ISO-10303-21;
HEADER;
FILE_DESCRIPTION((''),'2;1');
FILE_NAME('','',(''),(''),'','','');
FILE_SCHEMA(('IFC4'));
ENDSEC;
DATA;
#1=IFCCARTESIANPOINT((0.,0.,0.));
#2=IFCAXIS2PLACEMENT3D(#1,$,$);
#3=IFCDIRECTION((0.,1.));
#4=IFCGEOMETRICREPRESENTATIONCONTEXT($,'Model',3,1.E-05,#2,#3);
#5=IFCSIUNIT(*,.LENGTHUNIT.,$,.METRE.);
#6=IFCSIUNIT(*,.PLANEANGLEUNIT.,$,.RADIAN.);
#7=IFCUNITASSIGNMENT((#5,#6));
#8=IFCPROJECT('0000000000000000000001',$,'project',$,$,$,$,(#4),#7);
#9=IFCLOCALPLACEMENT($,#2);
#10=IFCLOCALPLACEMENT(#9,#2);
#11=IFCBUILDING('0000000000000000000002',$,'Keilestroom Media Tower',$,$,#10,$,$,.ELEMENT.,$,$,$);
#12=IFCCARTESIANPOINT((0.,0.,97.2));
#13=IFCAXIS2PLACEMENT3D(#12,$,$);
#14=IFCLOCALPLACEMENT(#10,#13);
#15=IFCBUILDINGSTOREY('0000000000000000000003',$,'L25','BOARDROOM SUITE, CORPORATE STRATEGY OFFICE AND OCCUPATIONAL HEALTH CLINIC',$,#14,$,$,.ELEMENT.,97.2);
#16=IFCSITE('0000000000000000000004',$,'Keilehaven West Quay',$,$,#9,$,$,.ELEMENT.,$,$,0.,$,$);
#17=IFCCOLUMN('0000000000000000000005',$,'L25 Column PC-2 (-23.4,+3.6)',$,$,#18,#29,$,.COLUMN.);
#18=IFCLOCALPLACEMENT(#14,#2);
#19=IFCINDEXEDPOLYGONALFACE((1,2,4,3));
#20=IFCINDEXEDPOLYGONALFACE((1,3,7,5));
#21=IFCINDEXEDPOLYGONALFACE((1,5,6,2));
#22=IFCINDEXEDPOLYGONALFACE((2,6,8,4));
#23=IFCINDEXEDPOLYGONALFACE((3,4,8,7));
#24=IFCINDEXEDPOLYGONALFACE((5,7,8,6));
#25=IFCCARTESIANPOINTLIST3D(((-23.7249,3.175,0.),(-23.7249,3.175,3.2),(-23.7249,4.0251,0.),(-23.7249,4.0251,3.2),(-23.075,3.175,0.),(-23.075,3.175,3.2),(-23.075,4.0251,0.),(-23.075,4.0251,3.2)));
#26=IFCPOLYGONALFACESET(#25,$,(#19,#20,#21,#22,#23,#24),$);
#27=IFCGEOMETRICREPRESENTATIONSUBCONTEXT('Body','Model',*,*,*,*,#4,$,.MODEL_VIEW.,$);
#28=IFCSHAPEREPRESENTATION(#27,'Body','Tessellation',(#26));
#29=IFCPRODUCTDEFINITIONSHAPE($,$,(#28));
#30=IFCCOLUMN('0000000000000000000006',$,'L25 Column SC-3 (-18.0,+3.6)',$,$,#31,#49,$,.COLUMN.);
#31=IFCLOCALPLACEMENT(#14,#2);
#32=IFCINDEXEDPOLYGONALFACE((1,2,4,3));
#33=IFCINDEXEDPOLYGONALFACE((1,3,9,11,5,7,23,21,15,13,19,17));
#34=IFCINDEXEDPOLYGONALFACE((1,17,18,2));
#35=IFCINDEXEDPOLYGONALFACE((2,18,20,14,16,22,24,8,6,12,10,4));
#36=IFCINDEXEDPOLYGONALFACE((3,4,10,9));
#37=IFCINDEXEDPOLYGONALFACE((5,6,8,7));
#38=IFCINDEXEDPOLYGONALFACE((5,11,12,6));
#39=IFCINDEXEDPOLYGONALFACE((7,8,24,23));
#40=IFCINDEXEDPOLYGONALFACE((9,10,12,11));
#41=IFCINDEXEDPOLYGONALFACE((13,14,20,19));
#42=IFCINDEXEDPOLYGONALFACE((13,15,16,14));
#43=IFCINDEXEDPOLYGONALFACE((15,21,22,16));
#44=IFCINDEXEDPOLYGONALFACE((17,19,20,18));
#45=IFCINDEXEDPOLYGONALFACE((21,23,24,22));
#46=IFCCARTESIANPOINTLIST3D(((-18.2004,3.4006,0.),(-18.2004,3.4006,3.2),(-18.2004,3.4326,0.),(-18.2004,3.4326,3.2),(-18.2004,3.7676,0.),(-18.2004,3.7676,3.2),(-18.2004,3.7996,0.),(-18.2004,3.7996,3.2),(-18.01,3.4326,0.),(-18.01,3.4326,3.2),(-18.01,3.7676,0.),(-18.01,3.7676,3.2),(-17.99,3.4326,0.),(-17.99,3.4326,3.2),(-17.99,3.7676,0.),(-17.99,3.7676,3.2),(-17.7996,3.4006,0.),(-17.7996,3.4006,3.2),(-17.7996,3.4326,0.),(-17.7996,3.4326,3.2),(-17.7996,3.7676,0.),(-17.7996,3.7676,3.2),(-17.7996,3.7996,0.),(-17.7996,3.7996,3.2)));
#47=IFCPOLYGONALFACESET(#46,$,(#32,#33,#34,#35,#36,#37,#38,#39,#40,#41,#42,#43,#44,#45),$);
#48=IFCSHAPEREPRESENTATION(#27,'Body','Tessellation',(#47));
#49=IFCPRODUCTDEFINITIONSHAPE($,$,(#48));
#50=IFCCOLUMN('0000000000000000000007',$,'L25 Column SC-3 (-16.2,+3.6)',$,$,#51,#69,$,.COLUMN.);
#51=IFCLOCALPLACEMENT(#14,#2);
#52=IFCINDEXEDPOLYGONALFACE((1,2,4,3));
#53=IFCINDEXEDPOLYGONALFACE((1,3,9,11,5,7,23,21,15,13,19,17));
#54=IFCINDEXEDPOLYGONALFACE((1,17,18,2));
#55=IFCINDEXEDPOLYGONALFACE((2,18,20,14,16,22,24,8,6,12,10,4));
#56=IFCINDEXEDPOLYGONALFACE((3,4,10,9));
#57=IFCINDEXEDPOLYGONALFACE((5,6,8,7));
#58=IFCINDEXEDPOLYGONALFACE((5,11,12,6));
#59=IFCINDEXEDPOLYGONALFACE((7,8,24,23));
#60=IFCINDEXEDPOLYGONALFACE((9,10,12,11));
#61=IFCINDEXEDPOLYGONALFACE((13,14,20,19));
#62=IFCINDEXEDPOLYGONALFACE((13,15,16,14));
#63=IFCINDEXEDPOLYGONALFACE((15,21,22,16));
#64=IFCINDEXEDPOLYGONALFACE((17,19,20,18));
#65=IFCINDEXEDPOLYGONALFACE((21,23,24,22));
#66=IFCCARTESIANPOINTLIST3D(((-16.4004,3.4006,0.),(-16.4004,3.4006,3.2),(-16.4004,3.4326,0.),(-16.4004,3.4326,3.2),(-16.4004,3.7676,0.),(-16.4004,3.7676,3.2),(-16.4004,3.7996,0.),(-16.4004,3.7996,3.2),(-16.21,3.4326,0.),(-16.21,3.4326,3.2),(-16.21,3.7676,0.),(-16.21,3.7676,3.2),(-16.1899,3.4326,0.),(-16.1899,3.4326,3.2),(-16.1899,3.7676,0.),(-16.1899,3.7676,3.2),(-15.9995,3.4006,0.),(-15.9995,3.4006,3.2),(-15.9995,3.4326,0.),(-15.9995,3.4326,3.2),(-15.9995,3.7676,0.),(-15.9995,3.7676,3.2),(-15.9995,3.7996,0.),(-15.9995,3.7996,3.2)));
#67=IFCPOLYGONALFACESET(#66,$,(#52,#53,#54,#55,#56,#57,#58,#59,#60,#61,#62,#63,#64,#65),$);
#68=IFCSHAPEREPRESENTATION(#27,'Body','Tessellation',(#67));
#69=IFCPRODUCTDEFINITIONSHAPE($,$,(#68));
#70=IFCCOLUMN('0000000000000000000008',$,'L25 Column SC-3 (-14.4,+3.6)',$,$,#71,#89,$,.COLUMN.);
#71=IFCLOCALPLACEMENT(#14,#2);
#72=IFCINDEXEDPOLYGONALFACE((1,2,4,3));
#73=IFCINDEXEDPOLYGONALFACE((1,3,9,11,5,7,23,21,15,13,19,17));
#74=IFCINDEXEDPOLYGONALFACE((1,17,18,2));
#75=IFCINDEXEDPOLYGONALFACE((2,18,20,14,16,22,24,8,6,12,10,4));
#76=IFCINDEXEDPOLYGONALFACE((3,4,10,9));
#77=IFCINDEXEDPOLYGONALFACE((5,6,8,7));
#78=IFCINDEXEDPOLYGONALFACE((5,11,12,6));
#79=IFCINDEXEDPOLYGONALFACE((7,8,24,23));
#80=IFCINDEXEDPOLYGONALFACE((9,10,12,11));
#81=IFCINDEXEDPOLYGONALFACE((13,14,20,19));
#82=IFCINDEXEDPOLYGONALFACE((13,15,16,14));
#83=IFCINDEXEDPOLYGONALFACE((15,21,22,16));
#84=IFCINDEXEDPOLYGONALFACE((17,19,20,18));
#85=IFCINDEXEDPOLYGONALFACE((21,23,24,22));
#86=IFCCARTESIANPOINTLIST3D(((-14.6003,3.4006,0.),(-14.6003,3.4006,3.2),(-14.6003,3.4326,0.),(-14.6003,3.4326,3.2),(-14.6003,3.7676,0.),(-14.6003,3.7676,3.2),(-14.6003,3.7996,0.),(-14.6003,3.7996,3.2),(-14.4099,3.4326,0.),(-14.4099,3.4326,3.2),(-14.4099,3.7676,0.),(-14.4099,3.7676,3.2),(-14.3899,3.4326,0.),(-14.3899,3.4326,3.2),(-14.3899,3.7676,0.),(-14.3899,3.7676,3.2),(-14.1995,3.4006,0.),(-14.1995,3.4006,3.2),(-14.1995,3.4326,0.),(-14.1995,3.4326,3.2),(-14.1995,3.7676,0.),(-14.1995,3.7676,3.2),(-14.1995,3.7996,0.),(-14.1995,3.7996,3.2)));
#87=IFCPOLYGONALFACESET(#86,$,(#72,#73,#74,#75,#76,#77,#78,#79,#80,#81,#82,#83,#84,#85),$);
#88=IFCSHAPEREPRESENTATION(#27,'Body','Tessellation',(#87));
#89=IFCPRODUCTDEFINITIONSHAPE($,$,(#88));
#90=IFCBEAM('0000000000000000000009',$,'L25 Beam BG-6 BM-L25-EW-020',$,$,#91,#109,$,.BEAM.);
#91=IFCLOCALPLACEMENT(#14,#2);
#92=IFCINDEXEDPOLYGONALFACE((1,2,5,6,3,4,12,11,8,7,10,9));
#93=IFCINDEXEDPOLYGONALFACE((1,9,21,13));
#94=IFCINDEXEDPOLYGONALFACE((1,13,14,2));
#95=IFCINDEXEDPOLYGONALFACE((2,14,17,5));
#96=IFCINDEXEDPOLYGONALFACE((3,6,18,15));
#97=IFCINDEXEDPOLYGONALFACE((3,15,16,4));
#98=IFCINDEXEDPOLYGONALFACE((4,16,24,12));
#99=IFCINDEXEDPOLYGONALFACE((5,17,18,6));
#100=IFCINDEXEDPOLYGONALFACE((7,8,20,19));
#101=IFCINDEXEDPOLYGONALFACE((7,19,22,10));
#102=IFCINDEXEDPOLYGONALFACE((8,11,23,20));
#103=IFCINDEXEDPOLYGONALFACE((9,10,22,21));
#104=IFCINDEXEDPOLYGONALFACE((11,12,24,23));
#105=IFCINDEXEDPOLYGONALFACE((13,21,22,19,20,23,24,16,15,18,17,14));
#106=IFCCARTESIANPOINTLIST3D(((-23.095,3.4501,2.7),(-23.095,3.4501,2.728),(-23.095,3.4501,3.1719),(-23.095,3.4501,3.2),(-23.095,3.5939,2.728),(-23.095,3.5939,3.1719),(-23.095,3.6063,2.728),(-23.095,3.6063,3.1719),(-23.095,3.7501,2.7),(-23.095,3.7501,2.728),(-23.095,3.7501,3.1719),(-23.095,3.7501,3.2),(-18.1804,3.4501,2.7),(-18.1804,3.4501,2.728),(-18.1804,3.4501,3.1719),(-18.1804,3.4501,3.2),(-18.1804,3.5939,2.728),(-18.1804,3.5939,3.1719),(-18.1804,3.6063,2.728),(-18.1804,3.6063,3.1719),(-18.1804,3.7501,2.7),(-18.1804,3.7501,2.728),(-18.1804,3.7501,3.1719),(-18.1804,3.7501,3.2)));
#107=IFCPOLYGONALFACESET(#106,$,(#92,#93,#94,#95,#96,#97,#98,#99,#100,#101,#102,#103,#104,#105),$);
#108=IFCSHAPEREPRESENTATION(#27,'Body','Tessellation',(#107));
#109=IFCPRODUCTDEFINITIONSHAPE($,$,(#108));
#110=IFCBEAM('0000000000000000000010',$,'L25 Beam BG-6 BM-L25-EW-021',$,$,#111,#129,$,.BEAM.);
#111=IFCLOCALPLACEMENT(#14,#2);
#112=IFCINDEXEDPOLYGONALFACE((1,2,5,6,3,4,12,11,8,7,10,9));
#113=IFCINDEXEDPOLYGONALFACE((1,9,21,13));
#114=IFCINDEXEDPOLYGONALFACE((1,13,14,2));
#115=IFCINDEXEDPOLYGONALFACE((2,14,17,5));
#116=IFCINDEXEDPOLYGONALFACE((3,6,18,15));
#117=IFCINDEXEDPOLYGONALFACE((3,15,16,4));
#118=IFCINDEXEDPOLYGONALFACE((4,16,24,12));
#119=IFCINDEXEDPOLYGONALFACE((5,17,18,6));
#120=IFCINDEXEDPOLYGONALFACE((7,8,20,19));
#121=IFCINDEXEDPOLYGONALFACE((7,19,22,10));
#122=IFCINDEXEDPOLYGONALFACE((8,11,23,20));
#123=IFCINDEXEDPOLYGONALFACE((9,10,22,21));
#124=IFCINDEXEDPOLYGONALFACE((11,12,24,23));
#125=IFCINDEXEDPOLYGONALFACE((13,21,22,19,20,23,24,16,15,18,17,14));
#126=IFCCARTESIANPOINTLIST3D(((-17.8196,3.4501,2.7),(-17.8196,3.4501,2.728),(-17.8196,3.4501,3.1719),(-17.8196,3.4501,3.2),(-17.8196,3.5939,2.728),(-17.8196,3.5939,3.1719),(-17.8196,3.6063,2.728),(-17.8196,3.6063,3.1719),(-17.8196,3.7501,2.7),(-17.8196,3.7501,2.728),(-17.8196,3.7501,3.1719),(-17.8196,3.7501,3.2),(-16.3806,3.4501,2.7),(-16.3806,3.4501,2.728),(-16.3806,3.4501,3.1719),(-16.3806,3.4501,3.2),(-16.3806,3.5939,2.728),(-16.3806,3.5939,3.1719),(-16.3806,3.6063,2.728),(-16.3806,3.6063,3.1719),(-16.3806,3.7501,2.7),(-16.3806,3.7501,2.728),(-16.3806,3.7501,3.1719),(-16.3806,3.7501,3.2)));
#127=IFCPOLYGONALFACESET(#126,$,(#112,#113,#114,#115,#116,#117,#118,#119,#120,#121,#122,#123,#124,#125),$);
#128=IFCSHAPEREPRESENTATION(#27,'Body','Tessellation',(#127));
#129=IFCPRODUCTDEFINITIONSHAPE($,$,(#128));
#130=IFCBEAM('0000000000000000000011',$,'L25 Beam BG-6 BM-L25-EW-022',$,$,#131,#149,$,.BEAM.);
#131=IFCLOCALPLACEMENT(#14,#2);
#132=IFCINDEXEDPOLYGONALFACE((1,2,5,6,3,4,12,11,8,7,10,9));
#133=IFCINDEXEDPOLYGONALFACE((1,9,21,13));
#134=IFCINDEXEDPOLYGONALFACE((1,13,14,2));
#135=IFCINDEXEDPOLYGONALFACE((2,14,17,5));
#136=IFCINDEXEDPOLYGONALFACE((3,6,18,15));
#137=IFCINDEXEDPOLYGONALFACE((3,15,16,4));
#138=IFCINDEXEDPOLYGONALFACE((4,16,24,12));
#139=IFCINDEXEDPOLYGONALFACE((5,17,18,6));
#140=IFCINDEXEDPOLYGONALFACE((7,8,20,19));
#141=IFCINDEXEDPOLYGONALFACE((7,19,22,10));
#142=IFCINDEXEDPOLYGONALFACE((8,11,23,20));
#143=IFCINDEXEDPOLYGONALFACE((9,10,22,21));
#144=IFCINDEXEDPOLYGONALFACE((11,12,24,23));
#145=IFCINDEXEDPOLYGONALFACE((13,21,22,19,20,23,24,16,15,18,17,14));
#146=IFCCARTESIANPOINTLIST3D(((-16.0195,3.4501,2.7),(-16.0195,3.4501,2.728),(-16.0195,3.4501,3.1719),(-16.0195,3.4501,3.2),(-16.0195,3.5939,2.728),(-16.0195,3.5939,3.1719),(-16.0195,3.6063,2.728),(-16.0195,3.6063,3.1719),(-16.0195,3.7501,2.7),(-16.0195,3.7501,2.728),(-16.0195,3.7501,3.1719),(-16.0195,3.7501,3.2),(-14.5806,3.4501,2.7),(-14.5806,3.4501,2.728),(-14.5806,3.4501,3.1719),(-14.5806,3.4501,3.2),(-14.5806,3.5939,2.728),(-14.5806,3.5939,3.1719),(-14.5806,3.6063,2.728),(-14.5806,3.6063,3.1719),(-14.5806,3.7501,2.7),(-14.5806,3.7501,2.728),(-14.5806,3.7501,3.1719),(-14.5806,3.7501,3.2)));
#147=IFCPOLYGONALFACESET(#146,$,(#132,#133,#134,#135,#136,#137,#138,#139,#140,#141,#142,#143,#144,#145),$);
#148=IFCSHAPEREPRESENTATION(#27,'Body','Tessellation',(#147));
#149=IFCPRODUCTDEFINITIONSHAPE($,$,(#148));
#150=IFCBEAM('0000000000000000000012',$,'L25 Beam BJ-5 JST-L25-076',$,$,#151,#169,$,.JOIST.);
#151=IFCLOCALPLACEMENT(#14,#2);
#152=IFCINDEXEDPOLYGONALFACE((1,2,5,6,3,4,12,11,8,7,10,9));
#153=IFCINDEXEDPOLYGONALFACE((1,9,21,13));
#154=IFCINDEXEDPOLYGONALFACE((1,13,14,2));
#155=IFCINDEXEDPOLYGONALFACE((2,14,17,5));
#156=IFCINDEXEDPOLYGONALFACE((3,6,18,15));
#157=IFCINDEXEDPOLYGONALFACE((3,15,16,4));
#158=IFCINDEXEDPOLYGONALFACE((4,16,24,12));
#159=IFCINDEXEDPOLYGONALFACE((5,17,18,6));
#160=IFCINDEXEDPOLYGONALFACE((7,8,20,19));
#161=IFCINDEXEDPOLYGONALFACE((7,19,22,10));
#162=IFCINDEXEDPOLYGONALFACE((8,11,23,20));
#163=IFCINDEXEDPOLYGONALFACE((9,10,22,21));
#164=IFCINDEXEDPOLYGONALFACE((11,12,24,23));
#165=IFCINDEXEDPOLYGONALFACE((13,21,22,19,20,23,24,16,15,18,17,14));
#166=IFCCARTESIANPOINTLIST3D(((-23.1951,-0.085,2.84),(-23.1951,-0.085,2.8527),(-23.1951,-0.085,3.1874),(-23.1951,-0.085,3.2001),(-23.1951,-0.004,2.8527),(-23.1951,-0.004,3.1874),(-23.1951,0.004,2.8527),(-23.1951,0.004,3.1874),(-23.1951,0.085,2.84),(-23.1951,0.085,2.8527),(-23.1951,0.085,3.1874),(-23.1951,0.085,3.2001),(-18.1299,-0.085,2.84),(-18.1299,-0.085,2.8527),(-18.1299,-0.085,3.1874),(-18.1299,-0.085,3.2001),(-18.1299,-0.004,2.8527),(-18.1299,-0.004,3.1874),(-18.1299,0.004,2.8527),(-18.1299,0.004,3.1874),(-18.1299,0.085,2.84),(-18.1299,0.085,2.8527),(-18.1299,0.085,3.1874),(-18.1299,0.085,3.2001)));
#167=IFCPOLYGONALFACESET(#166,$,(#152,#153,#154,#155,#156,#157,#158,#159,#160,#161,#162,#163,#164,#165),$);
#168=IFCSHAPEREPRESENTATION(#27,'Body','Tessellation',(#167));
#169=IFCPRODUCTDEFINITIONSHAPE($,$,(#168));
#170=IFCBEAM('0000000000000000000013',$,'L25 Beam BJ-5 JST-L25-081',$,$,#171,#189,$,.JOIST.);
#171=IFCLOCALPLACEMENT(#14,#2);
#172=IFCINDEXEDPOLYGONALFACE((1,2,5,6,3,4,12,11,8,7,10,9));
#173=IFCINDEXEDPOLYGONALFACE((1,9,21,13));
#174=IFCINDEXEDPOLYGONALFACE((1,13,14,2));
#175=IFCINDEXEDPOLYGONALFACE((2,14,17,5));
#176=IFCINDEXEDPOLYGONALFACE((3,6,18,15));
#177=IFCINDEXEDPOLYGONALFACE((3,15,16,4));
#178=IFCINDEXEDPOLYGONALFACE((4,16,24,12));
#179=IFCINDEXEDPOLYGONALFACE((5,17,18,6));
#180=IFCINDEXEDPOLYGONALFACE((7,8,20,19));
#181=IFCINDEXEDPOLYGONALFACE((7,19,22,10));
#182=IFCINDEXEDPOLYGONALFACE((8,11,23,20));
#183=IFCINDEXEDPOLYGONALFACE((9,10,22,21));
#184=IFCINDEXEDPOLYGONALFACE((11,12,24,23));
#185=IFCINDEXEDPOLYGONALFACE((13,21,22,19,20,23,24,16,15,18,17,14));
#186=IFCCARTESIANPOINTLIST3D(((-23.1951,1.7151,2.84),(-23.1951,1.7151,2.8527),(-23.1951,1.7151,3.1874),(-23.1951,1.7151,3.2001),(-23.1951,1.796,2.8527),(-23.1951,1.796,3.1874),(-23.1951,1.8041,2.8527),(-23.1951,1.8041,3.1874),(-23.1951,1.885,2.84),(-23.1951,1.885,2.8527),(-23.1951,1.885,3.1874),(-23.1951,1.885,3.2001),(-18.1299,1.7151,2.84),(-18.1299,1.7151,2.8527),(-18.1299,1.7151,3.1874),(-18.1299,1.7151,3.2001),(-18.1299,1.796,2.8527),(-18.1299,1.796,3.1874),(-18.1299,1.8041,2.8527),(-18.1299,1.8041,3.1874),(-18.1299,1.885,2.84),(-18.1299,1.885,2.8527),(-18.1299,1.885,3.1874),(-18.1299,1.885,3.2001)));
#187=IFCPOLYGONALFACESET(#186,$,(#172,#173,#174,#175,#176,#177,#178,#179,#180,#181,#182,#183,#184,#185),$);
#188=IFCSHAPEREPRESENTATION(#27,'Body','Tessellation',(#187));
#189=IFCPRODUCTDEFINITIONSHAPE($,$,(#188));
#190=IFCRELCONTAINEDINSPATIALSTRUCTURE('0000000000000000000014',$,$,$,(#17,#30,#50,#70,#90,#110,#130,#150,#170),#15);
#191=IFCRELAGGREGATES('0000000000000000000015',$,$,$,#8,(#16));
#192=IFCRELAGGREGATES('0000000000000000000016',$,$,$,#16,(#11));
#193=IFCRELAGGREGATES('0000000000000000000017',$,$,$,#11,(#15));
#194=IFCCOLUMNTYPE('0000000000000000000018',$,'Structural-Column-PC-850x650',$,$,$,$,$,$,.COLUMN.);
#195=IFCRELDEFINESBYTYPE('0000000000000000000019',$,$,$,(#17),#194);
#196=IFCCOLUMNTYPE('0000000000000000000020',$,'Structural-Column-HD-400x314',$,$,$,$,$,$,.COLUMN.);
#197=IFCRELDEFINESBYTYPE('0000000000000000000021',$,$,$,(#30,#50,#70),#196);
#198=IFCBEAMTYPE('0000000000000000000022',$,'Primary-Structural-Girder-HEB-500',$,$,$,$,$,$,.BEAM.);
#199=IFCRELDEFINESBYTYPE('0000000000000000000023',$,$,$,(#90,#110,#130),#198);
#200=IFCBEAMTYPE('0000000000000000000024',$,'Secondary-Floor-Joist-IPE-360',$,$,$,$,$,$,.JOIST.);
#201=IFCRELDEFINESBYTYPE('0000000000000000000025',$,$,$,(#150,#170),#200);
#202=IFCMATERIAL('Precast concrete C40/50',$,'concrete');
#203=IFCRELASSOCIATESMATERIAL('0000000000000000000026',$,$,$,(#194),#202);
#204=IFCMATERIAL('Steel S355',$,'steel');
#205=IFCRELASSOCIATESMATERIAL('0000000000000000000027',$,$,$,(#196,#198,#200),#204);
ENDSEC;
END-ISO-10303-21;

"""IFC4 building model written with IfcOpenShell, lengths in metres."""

from ifc_helpers import new_model, si_unit, direction, frame, origin, origin_2d, place, context, subcontext, project, spatial, rectangle, i_section, extrude, source, transform, mapped, material, material_profile, profile_set, type_object, element, save


model = new_model("IFC4")

# Units and contexts
model_context = context("Model", 3, precision=1e-05, world=origin(), true_north=direction((0.0, 1.0)))
body_context = subcontext(model_context, "Body", "Model", "MODEL_VIEW")
ifc_project = project(units=[si_unit("LENGTHUNIT", "METRE"), si_unit("PLANEANGLEUNIT", "RADIAN")], contexts=[model_context])

# Site, building, storey
site_placement = place(None, origin())
site = spatial("IfcSite", under=ifc_project, at=site_placement, Name="Keilehaven West Quay", CompositionType="ELEMENT", RefElevation=0.0)
building_placement = place(site_placement, origin())
building = spatial("IfcBuilding", under=site, at=building_placement, Name="Keilestroom Media Tower", CompositionType="ELEMENT")
storey_placement = place(building_placement, frame((0.0, 0.0, 97.2)))
storey = spatial("IfcBuildingStorey", under=building, at=storey_placement, Name="L25", Description="BOARDROOM SUITE, CORPORATE STRATEGY OFFICE AND OCCUPATIONAL HEALTH CLINIC", CompositionType="ELEMENT", Elevation=97.2)

# Columns
ifc_material_1 = material(Name="Precast concrete C40/50", Category="concrete")
ifc_material_profile_1 = material_profile(ifc_material_1, rectangle(XDim=0.6499, YDim=0.8501, at=origin_2d()), Name="PC 850x650")
ifc_profile_set_1 = profile_set([ifc_material_profile_1], Name="Precast concrete C40/50")
column_type_1 = type_object("IfcColumnType", Name="Structural-Column-PC-850x650", PredefinedType="COLUMN", material=ifc_profile_set_1)
shared_shape_1 = source(origin(), body_context, "Body", "SweptSolid", [
    extrude(rectangle(XDim=0.6499, YDim=0.8501, at=origin_2d()), origin(), (0.0, 0.0, 1.0), 3.2),
])
column_placement = place(storey_placement, frame((-23.3999, 3.6001, 0.0), z_axis=(0.0, 0.0, 1.0), x_axis=(1.0, 0.0, 0.0)))
element("IfcColumn", 1, at=column_placement, inside=storey, type_object=column_type_1, Name="L25 Column PC-2 (-23.4,+3.6)", PredefinedType="COLUMN", context=body_context, shape_type="MappedRepresentation", body=[
    mapped(shared_shape_1, transform((0.0, 0.0, 0.0), x_axis=(1.0, 0.0, 0.0), y_axis=(0.0, 1.0, 0.0), z_axis=(0.0, 0.0, 1.0), scale=1.0)),
])
ifc_material_2 = material(Name="Steel S355", Category="steel")
ifc_material_profile_2 = material_profile(ifc_material_2, i_section(OverallWidth=0.4009, OverallDepth=0.3989, WebThickness=0.02, FlangeThickness=0.032, at=origin_2d()), Name="HD 400x314")
ifc_profile_set_2 = profile_set([ifc_material_profile_2], Name="Steel S355")
column_type_2 = type_object("IfcColumnType", Name="Structural-Column-HD-400x314", PredefinedType="COLUMN", material=ifc_profile_set_2)
shared_shape_2 = source(origin(), body_context, "Body", "SweptSolid", [
    extrude(i_section(OverallWidth=0.4009, OverallDepth=0.3989, WebThickness=0.02, FlangeThickness=0.032, at=origin_2d()), origin(), (0.0, 0.0, 1.0), 3.2),
])
for number, where, z_axis, x_axis, name in (
    (2, (-18.0, 3.6001, 0.0), (0.0, 0.0, 1.0), (1.0, 0.0, 0.0), "L25 Column SC-3 (-18.0,+3.6)"),
    (3, (-16.2, 3.6001, 0.0), (0.0, 0.0, 1.0), (1.0, 0.0, 0.0), "L25 Column SC-3 (-16.2,+3.6)"),
    (4, (-14.3999, 3.6001, 0.0), (0.0, 0.0, 1.0), (1.0, 0.0, 0.0), "L25 Column SC-3 (-14.4,+3.6)"),
):
    element("IfcColumn", number, at=place(storey_placement, frame(where, z_axis=z_axis, x_axis=x_axis)), inside=storey, type_object=column_type_2, Name=name, PredefinedType="COLUMN", context=body_context, shape_type="MappedRepresentation", body=[
        mapped(shared_shape_2, transform((0.0, 0.0, 0.0), x_axis=(1.0, 0.0, 0.0), y_axis=(0.0, 1.0, 0.0), z_axis=(0.0, 0.0, 1.0), scale=1.0)),
    ])

# Beams
ifc_material_profile_3 = material_profile(ifc_material_2, i_section(OverallWidth=0.3, OverallDepth=0.5, WebThickness=0.0125, FlangeThickness=0.0281, at=origin_2d()), Name="HEB 500")
ifc_profile_set_3 = profile_set([ifc_material_profile_3], Name="Steel S355")
beam_type_1 = type_object("IfcBeamType", Name="Primary-Structural-Girder-HEB-500", PredefinedType="BEAM", material=ifc_profile_set_3)
shared_shape_3 = source(origin(), body_context, "Body", "SweptSolid", [
    extrude(i_section(OverallWidth=0.3, OverallDepth=0.5, WebThickness=0.0125, FlangeThickness=0.0281, at=origin_2d()), origin(), (0.0, 0.0, 1.0), 4.9146),
])
beam_placement = place(storey_placement, frame((-23.095, 3.6001, 2.95), z_axis=(1.0, 0.0, 0.0), x_axis=(0.0, 1.0, 0.0)))
element("IfcBeam", 5, at=beam_placement, inside=storey, type_object=beam_type_1, Name="L25 Beam BG-6 BM-L25-EW-020", PredefinedType="BEAM", context=body_context, shape_type="MappedRepresentation", body=[
    mapped(shared_shape_3, transform((0.0, 0.0, 0.0), x_axis=(1.0, 0.0, 0.0), y_axis=(0.0, 1.0, 0.0), z_axis=(0.0, 0.0, 1.0), scale=1.0)),
])
shared_shape_4 = source(origin(), body_context, "Body", "SweptSolid", [
    extrude(i_section(OverallWidth=0.3, OverallDepth=0.5, WebThickness=0.0125, FlangeThickness=0.0281, at=origin_2d()), origin(), (0.0, 0.0, 1.0), 1.439),
])
for number, where, z_axis, x_axis, name in (
    (6, (-17.8196, 3.6001, 2.95), (1.0, 0.0, 0.0), (0.0, 1.0, 0.0), "L25 Beam BG-6 BM-L25-EW-021"),
    (7, (-16.0195, 3.6001, 2.95), (1.0, 0.0, 0.0), (0.0, 1.0, 0.0), "L25 Beam BG-6 BM-L25-EW-022"),
):
    element("IfcBeam", number, at=place(storey_placement, frame(where, z_axis=z_axis, x_axis=x_axis)), inside=storey, type_object=beam_type_1, Name=name, PredefinedType="BEAM", context=body_context, shape_type="MappedRepresentation", body=[
        mapped(shared_shape_4, transform((0.0, 0.0, 0.0), x_axis=(1.0, 0.0, 0.0), y_axis=(0.0, 1.0, 0.0), z_axis=(0.0, 0.0, 1.0), scale=1.0)),
    ])
ifc_material_profile_4 = material_profile(ifc_material_2, i_section(OverallWidth=0.1699, OverallDepth=0.3601, WebThickness=0.0081, FlangeThickness=0.0127, at=origin_2d()), Name="IPE 360")
ifc_profile_set_4 = profile_set([ifc_material_profile_4], Name="Steel S355")
beam_type_2 = type_object("IfcBeamType", Name="Secondary-Floor-Joist-IPE-360", PredefinedType="JOIST", material=ifc_profile_set_4)
shared_shape_5 = source(origin(), body_context, "Body", "SweptSolid", [
    extrude(i_section(OverallWidth=0.1699, OverallDepth=0.3601, WebThickness=0.0081, FlangeThickness=0.0127, at=origin_2d()), origin(), (0.0, 0.0, 1.0), 5.0652),
])
for number, where, z_axis, x_axis, name in (
    (8, (-23.1951, 0.0, 3.02), (1.0, 0.0, 0.0), (0.0, 1.0, 0.0), "L25 Beam BJ-5 JST-L25-076"),
    (9, (-23.1951, 1.8, 3.02), (1.0, 0.0, 0.0), (0.0, 1.0, 0.0), "L25 Beam BJ-5 JST-L25-081"),
):
    element("IfcBeam", number, at=place(storey_placement, frame(where, z_axis=z_axis, x_axis=x_axis)), inside=storey, type_object=beam_type_2, Name=name, PredefinedType="JOIST", context=body_context, shape_type="MappedRepresentation", body=[
        mapped(shared_shape_5, transform((0.0, 0.0, 0.0), x_axis=(1.0, 0.0, 0.0), y_axis=(0.0, 1.0, 0.0), z_axis=(0.0, 0.0, 1.0), scale=1.0)),
    ])

save(model, "model.ifc")
